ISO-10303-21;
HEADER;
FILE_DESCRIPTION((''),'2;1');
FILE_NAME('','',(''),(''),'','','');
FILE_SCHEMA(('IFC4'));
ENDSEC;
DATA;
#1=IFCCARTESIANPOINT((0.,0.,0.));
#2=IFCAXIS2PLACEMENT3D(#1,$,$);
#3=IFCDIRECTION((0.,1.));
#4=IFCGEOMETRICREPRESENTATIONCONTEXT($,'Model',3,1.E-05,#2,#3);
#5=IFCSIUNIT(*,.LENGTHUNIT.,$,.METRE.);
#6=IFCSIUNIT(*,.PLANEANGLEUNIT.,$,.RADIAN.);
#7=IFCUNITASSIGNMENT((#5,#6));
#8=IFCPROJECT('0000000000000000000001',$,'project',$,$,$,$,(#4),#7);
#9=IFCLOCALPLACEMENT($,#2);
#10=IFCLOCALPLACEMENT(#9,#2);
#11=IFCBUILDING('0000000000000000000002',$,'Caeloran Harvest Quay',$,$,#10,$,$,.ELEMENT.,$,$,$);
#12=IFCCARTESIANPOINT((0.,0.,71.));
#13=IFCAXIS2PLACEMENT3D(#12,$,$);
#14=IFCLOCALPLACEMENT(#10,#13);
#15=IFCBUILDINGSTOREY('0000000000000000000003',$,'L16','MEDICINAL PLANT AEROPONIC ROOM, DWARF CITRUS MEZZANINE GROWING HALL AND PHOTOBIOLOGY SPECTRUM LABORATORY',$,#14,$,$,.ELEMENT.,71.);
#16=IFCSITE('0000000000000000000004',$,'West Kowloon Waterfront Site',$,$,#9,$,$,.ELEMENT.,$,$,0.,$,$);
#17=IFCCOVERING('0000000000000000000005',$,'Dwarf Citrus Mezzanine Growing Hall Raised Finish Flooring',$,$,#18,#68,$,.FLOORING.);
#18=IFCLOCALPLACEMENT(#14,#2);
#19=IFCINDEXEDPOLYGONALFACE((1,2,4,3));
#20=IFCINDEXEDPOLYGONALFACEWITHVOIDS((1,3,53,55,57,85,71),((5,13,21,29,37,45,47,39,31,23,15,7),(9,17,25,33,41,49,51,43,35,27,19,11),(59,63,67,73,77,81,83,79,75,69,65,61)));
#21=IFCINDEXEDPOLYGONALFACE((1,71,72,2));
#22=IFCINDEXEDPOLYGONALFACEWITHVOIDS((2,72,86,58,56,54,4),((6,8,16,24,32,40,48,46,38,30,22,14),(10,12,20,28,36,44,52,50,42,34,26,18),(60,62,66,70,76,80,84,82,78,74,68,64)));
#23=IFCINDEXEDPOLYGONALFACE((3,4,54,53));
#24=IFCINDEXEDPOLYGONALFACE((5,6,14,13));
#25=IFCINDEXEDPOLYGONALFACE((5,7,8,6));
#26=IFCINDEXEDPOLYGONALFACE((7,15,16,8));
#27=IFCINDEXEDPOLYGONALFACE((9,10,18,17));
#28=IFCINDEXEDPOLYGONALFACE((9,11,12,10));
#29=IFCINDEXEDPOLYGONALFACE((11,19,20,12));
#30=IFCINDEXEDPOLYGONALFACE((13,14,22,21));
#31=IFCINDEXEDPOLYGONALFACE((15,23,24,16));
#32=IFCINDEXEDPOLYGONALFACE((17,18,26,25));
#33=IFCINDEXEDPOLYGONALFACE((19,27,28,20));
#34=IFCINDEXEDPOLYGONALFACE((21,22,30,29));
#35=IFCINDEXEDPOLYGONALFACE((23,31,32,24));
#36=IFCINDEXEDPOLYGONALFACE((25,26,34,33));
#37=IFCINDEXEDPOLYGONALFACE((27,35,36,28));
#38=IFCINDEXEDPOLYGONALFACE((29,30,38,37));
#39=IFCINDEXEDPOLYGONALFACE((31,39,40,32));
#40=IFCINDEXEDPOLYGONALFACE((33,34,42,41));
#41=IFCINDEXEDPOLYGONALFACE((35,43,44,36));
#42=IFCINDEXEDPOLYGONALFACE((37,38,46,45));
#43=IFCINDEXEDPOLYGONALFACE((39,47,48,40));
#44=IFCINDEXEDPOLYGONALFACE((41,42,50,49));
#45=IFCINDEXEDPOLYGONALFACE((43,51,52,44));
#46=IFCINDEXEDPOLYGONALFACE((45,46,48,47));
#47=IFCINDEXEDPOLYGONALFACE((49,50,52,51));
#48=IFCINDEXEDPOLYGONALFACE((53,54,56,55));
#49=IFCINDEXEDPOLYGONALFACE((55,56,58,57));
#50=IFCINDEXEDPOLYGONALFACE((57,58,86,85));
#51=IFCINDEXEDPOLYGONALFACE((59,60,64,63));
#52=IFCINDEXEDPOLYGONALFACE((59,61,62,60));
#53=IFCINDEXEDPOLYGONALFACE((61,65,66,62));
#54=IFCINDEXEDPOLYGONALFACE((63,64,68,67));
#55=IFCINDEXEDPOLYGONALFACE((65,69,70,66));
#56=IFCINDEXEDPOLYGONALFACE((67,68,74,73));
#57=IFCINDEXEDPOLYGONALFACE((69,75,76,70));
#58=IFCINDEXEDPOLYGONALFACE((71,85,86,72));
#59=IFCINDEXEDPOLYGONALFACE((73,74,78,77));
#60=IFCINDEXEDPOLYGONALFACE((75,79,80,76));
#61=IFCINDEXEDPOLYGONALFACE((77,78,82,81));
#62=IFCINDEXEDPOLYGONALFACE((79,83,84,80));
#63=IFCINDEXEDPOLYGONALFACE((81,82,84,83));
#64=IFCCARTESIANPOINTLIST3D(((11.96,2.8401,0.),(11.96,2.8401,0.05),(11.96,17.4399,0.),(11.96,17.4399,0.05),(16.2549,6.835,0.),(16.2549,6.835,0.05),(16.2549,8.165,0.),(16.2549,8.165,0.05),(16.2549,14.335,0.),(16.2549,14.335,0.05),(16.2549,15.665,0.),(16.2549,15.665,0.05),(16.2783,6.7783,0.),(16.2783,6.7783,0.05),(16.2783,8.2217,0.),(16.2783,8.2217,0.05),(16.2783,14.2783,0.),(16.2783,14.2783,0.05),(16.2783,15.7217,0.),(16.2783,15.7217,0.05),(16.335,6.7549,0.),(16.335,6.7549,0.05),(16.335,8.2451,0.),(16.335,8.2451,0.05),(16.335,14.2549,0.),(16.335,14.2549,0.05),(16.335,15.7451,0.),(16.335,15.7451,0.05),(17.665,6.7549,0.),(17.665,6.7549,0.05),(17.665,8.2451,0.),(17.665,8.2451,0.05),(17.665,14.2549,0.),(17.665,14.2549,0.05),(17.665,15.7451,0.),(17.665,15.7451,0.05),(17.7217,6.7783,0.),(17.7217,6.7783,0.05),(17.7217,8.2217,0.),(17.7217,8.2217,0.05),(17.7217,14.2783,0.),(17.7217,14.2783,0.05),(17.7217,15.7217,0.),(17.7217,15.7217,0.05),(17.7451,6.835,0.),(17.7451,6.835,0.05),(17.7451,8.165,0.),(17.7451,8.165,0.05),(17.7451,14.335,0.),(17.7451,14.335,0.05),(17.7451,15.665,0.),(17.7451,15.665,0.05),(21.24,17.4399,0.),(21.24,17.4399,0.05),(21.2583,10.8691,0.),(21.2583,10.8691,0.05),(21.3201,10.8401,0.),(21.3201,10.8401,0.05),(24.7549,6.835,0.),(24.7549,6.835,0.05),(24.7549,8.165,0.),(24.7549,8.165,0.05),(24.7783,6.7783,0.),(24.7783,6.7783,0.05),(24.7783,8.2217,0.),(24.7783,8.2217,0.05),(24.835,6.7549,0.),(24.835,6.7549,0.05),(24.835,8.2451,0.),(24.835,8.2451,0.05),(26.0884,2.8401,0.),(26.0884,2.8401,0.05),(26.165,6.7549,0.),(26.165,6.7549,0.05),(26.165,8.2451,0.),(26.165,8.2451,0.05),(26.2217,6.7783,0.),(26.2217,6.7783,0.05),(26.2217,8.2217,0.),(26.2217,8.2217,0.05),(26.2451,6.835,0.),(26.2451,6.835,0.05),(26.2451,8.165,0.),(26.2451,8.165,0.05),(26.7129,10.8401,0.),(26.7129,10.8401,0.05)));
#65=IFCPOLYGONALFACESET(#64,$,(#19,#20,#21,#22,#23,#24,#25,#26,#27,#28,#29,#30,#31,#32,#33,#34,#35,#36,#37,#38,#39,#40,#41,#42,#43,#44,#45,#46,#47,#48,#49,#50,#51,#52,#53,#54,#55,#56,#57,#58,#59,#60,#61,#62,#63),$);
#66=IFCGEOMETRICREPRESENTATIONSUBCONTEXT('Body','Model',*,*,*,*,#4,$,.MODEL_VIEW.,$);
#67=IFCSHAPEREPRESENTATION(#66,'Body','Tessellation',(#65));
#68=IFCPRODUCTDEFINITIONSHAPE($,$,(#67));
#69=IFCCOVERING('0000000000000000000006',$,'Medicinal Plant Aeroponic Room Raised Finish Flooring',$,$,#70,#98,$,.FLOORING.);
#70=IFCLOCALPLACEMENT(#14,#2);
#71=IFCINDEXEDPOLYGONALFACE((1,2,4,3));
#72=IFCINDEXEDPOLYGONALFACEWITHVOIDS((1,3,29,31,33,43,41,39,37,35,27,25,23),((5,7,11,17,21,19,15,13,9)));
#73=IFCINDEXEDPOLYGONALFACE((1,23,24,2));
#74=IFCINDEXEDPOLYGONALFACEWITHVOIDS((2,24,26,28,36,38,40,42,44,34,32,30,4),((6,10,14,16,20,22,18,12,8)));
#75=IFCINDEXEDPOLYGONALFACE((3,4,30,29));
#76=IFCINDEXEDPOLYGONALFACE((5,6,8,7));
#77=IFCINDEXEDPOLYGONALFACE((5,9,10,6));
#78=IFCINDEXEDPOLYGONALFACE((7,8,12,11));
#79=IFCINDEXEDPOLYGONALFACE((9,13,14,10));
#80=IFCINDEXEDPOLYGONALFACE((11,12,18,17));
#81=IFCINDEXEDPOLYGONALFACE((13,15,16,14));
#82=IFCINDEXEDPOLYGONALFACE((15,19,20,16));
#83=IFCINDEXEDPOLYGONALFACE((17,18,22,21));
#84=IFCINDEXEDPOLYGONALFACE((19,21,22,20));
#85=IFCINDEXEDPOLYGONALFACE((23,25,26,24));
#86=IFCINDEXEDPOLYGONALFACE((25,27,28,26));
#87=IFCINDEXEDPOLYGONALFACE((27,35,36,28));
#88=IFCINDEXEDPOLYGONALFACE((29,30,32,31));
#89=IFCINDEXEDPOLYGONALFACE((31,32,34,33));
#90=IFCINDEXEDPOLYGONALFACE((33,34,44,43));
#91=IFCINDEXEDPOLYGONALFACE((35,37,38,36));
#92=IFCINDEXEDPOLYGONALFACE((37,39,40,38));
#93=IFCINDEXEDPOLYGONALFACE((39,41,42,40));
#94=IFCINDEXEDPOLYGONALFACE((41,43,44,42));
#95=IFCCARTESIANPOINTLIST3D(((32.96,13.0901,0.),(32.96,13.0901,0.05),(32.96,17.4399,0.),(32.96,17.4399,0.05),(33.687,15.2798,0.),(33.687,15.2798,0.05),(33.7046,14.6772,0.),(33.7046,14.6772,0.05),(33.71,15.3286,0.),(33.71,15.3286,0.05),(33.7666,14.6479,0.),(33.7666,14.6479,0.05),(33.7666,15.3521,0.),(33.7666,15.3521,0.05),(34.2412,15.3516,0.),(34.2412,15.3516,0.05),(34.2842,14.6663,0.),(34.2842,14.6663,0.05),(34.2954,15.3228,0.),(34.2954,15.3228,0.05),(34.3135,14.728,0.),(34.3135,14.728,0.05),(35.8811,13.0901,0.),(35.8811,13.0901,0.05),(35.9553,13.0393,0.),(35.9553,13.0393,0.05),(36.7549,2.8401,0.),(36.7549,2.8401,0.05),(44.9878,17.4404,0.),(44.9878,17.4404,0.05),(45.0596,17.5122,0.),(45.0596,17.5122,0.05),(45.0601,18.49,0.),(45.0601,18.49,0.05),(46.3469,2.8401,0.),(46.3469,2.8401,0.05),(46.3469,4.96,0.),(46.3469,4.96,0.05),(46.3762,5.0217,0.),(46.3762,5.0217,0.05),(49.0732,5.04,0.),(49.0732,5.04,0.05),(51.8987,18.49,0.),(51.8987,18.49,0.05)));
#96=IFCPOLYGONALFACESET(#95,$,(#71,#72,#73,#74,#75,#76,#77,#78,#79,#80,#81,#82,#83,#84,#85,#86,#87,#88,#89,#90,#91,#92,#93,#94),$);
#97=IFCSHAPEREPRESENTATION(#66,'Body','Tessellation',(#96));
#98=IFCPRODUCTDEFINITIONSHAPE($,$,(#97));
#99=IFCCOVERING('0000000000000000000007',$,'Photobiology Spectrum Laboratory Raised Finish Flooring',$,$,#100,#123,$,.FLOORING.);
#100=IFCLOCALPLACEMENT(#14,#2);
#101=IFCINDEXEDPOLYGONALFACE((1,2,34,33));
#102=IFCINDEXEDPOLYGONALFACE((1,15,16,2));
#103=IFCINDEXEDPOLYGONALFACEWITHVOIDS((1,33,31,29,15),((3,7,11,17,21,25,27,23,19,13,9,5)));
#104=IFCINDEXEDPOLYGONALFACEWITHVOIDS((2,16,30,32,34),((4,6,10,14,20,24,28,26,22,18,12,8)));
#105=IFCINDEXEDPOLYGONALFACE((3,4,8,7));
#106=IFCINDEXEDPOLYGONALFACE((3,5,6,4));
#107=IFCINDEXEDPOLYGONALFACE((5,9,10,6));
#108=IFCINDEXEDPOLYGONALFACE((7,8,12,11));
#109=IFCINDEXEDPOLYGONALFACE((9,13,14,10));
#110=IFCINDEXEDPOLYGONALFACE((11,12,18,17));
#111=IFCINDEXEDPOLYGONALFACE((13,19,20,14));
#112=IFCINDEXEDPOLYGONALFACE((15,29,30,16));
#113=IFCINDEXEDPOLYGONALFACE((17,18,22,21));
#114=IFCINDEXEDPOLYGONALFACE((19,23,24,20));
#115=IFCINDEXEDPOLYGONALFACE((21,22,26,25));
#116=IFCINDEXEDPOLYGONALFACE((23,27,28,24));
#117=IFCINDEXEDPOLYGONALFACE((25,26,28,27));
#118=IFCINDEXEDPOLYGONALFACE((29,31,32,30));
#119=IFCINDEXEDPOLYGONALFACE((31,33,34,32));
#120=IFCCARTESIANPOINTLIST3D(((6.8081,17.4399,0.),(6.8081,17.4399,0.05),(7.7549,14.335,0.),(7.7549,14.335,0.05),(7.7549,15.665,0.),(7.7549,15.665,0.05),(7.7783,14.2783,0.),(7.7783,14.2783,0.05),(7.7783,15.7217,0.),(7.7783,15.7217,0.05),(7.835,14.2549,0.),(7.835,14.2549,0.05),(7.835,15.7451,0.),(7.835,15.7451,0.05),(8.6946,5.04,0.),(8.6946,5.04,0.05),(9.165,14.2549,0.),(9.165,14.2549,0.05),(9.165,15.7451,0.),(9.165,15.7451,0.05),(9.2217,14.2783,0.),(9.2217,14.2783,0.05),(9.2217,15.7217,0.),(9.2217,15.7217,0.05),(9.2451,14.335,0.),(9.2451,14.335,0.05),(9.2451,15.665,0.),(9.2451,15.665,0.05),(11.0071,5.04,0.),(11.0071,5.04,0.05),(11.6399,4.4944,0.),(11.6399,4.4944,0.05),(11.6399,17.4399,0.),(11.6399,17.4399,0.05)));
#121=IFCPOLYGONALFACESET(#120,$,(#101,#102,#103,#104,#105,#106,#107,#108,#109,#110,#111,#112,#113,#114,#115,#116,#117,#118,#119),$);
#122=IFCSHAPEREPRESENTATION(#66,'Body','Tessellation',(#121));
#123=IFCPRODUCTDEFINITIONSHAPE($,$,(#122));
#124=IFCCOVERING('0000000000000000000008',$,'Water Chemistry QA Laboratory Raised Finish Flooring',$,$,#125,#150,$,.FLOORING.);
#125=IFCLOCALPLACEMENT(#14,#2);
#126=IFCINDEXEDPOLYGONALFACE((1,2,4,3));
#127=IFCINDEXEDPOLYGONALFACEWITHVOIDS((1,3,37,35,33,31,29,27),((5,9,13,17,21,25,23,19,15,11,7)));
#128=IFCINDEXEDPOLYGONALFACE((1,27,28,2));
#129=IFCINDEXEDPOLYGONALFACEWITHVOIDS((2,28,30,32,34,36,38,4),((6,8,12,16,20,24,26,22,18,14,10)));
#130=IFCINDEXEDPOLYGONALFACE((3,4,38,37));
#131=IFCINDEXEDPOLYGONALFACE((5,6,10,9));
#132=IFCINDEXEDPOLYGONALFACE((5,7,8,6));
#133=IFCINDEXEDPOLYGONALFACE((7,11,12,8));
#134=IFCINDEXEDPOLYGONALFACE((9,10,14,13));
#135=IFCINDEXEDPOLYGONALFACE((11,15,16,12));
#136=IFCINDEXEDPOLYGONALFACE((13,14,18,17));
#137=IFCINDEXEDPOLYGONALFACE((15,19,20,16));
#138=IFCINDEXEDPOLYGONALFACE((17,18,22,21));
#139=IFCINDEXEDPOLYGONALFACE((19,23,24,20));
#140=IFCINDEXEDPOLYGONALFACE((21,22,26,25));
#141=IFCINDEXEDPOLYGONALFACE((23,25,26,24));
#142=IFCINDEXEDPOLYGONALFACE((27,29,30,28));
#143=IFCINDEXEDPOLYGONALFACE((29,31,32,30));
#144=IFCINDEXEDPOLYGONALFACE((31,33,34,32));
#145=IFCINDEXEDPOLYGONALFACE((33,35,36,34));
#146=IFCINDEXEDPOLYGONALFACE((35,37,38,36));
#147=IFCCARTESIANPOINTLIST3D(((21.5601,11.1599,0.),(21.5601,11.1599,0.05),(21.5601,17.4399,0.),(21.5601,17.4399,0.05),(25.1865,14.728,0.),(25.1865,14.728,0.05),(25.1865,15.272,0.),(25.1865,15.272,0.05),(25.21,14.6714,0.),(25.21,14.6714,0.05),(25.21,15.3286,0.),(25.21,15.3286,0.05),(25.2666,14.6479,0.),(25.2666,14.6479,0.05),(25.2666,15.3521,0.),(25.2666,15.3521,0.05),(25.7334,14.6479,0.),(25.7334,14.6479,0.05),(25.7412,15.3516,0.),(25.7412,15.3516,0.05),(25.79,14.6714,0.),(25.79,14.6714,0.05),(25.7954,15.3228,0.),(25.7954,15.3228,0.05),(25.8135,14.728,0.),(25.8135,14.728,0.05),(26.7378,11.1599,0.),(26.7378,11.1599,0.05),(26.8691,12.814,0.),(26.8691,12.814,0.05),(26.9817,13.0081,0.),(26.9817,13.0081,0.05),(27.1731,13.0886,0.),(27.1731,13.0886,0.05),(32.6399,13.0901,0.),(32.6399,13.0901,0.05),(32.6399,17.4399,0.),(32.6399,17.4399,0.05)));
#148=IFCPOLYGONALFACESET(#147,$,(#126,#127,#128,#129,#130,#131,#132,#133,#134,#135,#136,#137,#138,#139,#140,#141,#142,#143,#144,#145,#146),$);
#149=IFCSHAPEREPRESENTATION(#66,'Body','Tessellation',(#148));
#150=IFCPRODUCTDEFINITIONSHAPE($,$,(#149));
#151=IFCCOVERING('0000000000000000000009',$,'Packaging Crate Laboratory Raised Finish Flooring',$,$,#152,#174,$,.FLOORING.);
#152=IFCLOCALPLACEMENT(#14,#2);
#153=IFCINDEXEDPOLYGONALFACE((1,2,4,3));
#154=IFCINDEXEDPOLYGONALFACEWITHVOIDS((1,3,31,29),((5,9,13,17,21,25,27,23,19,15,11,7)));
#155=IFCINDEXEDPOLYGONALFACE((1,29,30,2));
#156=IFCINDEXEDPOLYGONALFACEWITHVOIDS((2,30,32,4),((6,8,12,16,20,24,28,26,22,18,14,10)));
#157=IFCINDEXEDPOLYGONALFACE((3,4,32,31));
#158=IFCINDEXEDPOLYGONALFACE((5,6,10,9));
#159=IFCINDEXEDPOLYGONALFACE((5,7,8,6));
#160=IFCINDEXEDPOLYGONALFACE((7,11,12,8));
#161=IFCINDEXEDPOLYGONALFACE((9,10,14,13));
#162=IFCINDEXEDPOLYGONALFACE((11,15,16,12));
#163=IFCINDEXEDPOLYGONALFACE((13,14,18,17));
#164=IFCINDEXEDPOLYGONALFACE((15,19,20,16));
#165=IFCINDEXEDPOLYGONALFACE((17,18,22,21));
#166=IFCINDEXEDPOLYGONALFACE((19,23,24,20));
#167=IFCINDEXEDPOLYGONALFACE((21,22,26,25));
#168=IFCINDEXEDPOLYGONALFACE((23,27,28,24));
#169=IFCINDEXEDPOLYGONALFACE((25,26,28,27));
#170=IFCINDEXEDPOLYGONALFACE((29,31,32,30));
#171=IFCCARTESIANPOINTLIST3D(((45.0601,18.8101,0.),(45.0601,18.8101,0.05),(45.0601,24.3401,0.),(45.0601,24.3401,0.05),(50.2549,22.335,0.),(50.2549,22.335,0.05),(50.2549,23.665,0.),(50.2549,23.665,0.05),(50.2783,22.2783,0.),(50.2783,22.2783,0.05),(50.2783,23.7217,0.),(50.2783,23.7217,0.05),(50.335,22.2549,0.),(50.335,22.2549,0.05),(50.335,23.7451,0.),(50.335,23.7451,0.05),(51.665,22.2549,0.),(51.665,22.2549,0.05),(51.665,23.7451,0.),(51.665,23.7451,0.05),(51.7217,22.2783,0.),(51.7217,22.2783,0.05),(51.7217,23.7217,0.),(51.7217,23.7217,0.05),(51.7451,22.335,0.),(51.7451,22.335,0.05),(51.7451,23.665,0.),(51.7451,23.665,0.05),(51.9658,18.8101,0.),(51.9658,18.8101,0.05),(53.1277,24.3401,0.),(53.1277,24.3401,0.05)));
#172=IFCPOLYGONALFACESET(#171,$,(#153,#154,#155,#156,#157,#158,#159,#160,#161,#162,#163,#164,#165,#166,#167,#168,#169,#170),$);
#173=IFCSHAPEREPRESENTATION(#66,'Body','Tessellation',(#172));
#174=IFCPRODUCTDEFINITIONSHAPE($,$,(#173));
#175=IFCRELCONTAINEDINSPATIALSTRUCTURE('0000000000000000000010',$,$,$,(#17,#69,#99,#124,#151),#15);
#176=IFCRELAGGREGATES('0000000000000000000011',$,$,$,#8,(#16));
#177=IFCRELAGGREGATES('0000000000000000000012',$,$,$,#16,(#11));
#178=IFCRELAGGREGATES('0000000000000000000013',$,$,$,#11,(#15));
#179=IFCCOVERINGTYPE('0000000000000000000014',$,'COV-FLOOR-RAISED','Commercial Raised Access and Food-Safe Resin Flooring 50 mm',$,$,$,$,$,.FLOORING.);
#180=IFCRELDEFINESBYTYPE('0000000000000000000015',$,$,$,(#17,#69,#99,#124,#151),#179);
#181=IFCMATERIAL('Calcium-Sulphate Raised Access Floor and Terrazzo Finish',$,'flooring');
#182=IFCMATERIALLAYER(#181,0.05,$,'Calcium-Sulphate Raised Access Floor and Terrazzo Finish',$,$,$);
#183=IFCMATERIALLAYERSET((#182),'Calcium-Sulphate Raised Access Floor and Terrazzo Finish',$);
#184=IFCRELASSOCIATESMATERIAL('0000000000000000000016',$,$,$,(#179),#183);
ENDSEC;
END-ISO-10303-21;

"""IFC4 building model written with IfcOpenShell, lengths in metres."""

from ifc_helpers import new_model, si_unit, direction, frame, origin, place, context, subcontext, project, spatial, polyline, outline, extrude, material, layer, layer_set, type_object, element, save


model = new_model("IFC4")

# Units and contexts
model_context = context("Model", 3, precision=1e-05, world=origin(), true_north=direction((0.0, 1.0)))
body_context = subcontext(model_context, "Body", "Model", "MODEL_VIEW")
ifc_project = project(units=[si_unit("LENGTHUNIT", "METRE"), si_unit("PLANEANGLEUNIT", "RADIAN")], contexts=[model_context])

# Site, building, storey
site_placement = place(None, origin())
site = spatial("IfcSite", under=ifc_project, at=site_placement, Name="West Kowloon Waterfront Site", CompositionType="ELEMENT", RefElevation=0.0)
building_placement = place(site_placement, origin())
building = spatial("IfcBuilding", under=site, at=building_placement, Name="Caeloran Harvest Quay", CompositionType="ELEMENT")
storey_placement = place(building_placement, frame((0.0, 0.0, 71.0)))
storey = spatial("IfcBuildingStorey", under=building, at=storey_placement, Name="L16", Description="MEDICINAL PLANT AEROPONIC ROOM, DWARF CITRUS MEZZANINE GROWING HALL AND PHOTOBIOLOGY SPECTRUM LABORATORY", CompositionType="ELEMENT", Elevation=71.0)

# Coverings
ifc_material_1 = material(Name="Calcium-Sulphate Raised Access Floor and Terrazzo Finish", Category="flooring")
ifc_layer_1 = layer(ifc_material_1, 0.05, Name="Calcium-Sulphate Raised Access Floor and Terrazzo Finish")
ifc_layer_set_1 = layer_set([ifc_layer_1], Name="Calcium-Sulphate Raised Access Floor and Terrazzo Finish")
covering_type_1 = type_object("IfcCoveringType", Name="COV-FLOOR-RAISED", Description="Commercial Raised Access and Food-Safe Resin Flooring 50 mm", PredefinedType="FLOORING", material=ifc_layer_set_1)
covering_1_placement = place(storey_placement, origin())
element("IfcCovering", 1, at=covering_1_placement, inside=storey, type_object=covering_type_1, Name="Dwarf Citrus Mezzanine Growing Hall Raised Finish Flooring", PredefinedType="FLOORING", context=body_context, shape_type="SweptSolid", body=[
    extrude(outline(polyline([(11.96, 17.4399), (21.24, 17.4399), (21.2583, 10.8691), (21.3201, 10.8401), (26.7129, 10.8401), (26.0884, 2.8401), (11.96, 2.8401), (11.96, 17.4399)]), holes=[polyline([(26.2451, 8.165), (26.2217, 8.2217), (26.165, 8.2451), (24.835, 8.2451), (24.7783, 8.2217), (24.7549, 8.165), (24.7549, 6.835), (24.7783, 6.7783), (24.835, 6.7549), (26.165, 6.7549), (26.2217, 6.7783), (26.2451, 6.835), (26.2451, 8.165)]), polyline([(16.335, 8.2451), (16.2783, 8.2217), (16.2549, 8.165), (16.2549, 6.835), (16.2783, 6.7783), (16.335, 6.7549), (17.665, 6.7549), (17.7217, 6.7783), (17.7451, 6.835), (17.7451, 8.165), (17.7217, 8.2217), (17.665, 8.2451), (16.335, 8.2451)]), polyline([(17.7451, 15.665), (17.7217, 15.7217), (17.665, 15.7451), (16.335, 15.7451), (16.2783, 15.7217), (16.2549, 15.665), (16.2549, 14.335), (16.2783, 14.2783), (16.335, 14.2549), (17.665, 14.2549), (17.7217, 14.2783), (17.7451, 14.335), (17.7451, 15.665)])]), origin(), (0.0, 0.0, 1.0), 0.05),
])
covering_2_placement = place(storey_placement, origin())
element("IfcCovering", 2, at=covering_2_placement, inside=storey, type_object=covering_type_1, Name="Medicinal Plant Aeroponic Room Raised Finish Flooring", PredefinedType="FLOORING", context=body_context, shape_type="SweptSolid", body=[
    extrude(outline(polyline([(32.96, 13.0901), (32.96, 17.4399), (44.9878, 17.4404), (45.0596, 17.5122), (45.0601, 18.49), (51.8987, 18.49), (49.0732, 5.04), (46.3762, 5.0217), (46.3469, 4.96), (46.3469, 2.8401), (36.7549, 2.8401), (35.9553, 13.0393), (35.8811, 13.0901), (32.96, 13.0901)]), holes=[polyline([(33.7666, 15.3521), (33.71, 15.3286), (33.687, 15.2798), (33.7046, 14.6772), (33.7666, 14.6479), (34.2842, 14.6663), (34.3135, 14.728), (34.2954, 15.3228), (34.2412, 15.3516), (33.7666, 15.3521)])]), origin(), (0.0, 0.0, 1.0), 0.05),
])
covering_3_placement = place(storey_placement, origin())
element("IfcCovering", 3, at=covering_3_placement, inside=storey, type_object=covering_type_1, Name="Photobiology Spectrum Laboratory Raised Finish Flooring", PredefinedType="FLOORING", context=body_context, shape_type="SweptSolid", body=[
    extrude(outline(polyline([(11.6399, 4.4944), (11.0071, 5.04), (8.6946, 5.04), (6.8081, 17.4399), (11.6399, 17.4399), (11.6399, 4.4944)]), holes=[polyline([(9.2451, 15.665), (9.2217, 15.7217), (9.165, 15.7451), (7.835, 15.7451), (7.7783, 15.7217), (7.7549, 15.665), (7.7549, 14.335), (7.7783, 14.2783), (7.835, 14.2549), (9.165, 14.2549), (9.2217, 14.2783), (9.2451, 14.335), (9.2451, 15.665)])]), origin(), (0.0, 0.0, 1.0), 0.05),
])
covering_4_placement = place(storey_placement, origin())
element("IfcCovering", 4, at=covering_4_placement, inside=storey, type_object=covering_type_1, Name="Water Chemistry QA Laboratory Raised Finish Flooring", PredefinedType="FLOORING", context=body_context, shape_type="SweptSolid", body=[
    extrude(outline(polyline([(27.1731, 13.0886), (26.9817, 13.0081), (26.8691, 12.814), (26.7378, 11.1599), (21.5601, 11.1599), (21.5601, 17.4399), (32.6399, 17.4399), (32.6399, 13.0901), (27.1731, 13.0886)]), holes=[polyline([(25.8135, 14.728), (25.7954, 15.3228), (25.7412, 15.3516), (25.2666, 15.3521), (25.21, 15.3286), (25.1865, 15.272), (25.1865, 14.728), (25.21, 14.6714), (25.2666, 14.6479), (25.7334, 14.6479), (25.79, 14.6714), (25.8135, 14.728)])]), origin(), (0.0, 0.0, 1.0), 0.05),
])
covering_5_placement = place(storey_placement, origin())
element("IfcCovering", 5, at=covering_5_placement, inside=storey, type_object=covering_type_1, Name="Packaging Crate Laboratory Raised Finish Flooring", PredefinedType="FLOORING", context=body_context, shape_type="SweptSolid", body=[
    extrude(outline(polyline([(45.0601, 18.8101), (45.0601, 24.3401), (53.1277, 24.3401), (51.9658, 18.8101), (45.0601, 18.8101)]), holes=[polyline([(51.7451, 23.665), (51.7217, 23.7217), (51.665, 23.7451), (50.335, 23.7451), (50.2783, 23.7217), (50.2549, 23.665), (50.2549, 22.335), (50.2783, 22.2783), (50.335, 22.2549), (51.665, 22.2549), (51.7217, 22.2783), (51.7451, 22.335), (51.7451, 23.665)])]), origin(), (0.0, 0.0, 1.0), 0.05),
])

save(model, "model.ifc")
